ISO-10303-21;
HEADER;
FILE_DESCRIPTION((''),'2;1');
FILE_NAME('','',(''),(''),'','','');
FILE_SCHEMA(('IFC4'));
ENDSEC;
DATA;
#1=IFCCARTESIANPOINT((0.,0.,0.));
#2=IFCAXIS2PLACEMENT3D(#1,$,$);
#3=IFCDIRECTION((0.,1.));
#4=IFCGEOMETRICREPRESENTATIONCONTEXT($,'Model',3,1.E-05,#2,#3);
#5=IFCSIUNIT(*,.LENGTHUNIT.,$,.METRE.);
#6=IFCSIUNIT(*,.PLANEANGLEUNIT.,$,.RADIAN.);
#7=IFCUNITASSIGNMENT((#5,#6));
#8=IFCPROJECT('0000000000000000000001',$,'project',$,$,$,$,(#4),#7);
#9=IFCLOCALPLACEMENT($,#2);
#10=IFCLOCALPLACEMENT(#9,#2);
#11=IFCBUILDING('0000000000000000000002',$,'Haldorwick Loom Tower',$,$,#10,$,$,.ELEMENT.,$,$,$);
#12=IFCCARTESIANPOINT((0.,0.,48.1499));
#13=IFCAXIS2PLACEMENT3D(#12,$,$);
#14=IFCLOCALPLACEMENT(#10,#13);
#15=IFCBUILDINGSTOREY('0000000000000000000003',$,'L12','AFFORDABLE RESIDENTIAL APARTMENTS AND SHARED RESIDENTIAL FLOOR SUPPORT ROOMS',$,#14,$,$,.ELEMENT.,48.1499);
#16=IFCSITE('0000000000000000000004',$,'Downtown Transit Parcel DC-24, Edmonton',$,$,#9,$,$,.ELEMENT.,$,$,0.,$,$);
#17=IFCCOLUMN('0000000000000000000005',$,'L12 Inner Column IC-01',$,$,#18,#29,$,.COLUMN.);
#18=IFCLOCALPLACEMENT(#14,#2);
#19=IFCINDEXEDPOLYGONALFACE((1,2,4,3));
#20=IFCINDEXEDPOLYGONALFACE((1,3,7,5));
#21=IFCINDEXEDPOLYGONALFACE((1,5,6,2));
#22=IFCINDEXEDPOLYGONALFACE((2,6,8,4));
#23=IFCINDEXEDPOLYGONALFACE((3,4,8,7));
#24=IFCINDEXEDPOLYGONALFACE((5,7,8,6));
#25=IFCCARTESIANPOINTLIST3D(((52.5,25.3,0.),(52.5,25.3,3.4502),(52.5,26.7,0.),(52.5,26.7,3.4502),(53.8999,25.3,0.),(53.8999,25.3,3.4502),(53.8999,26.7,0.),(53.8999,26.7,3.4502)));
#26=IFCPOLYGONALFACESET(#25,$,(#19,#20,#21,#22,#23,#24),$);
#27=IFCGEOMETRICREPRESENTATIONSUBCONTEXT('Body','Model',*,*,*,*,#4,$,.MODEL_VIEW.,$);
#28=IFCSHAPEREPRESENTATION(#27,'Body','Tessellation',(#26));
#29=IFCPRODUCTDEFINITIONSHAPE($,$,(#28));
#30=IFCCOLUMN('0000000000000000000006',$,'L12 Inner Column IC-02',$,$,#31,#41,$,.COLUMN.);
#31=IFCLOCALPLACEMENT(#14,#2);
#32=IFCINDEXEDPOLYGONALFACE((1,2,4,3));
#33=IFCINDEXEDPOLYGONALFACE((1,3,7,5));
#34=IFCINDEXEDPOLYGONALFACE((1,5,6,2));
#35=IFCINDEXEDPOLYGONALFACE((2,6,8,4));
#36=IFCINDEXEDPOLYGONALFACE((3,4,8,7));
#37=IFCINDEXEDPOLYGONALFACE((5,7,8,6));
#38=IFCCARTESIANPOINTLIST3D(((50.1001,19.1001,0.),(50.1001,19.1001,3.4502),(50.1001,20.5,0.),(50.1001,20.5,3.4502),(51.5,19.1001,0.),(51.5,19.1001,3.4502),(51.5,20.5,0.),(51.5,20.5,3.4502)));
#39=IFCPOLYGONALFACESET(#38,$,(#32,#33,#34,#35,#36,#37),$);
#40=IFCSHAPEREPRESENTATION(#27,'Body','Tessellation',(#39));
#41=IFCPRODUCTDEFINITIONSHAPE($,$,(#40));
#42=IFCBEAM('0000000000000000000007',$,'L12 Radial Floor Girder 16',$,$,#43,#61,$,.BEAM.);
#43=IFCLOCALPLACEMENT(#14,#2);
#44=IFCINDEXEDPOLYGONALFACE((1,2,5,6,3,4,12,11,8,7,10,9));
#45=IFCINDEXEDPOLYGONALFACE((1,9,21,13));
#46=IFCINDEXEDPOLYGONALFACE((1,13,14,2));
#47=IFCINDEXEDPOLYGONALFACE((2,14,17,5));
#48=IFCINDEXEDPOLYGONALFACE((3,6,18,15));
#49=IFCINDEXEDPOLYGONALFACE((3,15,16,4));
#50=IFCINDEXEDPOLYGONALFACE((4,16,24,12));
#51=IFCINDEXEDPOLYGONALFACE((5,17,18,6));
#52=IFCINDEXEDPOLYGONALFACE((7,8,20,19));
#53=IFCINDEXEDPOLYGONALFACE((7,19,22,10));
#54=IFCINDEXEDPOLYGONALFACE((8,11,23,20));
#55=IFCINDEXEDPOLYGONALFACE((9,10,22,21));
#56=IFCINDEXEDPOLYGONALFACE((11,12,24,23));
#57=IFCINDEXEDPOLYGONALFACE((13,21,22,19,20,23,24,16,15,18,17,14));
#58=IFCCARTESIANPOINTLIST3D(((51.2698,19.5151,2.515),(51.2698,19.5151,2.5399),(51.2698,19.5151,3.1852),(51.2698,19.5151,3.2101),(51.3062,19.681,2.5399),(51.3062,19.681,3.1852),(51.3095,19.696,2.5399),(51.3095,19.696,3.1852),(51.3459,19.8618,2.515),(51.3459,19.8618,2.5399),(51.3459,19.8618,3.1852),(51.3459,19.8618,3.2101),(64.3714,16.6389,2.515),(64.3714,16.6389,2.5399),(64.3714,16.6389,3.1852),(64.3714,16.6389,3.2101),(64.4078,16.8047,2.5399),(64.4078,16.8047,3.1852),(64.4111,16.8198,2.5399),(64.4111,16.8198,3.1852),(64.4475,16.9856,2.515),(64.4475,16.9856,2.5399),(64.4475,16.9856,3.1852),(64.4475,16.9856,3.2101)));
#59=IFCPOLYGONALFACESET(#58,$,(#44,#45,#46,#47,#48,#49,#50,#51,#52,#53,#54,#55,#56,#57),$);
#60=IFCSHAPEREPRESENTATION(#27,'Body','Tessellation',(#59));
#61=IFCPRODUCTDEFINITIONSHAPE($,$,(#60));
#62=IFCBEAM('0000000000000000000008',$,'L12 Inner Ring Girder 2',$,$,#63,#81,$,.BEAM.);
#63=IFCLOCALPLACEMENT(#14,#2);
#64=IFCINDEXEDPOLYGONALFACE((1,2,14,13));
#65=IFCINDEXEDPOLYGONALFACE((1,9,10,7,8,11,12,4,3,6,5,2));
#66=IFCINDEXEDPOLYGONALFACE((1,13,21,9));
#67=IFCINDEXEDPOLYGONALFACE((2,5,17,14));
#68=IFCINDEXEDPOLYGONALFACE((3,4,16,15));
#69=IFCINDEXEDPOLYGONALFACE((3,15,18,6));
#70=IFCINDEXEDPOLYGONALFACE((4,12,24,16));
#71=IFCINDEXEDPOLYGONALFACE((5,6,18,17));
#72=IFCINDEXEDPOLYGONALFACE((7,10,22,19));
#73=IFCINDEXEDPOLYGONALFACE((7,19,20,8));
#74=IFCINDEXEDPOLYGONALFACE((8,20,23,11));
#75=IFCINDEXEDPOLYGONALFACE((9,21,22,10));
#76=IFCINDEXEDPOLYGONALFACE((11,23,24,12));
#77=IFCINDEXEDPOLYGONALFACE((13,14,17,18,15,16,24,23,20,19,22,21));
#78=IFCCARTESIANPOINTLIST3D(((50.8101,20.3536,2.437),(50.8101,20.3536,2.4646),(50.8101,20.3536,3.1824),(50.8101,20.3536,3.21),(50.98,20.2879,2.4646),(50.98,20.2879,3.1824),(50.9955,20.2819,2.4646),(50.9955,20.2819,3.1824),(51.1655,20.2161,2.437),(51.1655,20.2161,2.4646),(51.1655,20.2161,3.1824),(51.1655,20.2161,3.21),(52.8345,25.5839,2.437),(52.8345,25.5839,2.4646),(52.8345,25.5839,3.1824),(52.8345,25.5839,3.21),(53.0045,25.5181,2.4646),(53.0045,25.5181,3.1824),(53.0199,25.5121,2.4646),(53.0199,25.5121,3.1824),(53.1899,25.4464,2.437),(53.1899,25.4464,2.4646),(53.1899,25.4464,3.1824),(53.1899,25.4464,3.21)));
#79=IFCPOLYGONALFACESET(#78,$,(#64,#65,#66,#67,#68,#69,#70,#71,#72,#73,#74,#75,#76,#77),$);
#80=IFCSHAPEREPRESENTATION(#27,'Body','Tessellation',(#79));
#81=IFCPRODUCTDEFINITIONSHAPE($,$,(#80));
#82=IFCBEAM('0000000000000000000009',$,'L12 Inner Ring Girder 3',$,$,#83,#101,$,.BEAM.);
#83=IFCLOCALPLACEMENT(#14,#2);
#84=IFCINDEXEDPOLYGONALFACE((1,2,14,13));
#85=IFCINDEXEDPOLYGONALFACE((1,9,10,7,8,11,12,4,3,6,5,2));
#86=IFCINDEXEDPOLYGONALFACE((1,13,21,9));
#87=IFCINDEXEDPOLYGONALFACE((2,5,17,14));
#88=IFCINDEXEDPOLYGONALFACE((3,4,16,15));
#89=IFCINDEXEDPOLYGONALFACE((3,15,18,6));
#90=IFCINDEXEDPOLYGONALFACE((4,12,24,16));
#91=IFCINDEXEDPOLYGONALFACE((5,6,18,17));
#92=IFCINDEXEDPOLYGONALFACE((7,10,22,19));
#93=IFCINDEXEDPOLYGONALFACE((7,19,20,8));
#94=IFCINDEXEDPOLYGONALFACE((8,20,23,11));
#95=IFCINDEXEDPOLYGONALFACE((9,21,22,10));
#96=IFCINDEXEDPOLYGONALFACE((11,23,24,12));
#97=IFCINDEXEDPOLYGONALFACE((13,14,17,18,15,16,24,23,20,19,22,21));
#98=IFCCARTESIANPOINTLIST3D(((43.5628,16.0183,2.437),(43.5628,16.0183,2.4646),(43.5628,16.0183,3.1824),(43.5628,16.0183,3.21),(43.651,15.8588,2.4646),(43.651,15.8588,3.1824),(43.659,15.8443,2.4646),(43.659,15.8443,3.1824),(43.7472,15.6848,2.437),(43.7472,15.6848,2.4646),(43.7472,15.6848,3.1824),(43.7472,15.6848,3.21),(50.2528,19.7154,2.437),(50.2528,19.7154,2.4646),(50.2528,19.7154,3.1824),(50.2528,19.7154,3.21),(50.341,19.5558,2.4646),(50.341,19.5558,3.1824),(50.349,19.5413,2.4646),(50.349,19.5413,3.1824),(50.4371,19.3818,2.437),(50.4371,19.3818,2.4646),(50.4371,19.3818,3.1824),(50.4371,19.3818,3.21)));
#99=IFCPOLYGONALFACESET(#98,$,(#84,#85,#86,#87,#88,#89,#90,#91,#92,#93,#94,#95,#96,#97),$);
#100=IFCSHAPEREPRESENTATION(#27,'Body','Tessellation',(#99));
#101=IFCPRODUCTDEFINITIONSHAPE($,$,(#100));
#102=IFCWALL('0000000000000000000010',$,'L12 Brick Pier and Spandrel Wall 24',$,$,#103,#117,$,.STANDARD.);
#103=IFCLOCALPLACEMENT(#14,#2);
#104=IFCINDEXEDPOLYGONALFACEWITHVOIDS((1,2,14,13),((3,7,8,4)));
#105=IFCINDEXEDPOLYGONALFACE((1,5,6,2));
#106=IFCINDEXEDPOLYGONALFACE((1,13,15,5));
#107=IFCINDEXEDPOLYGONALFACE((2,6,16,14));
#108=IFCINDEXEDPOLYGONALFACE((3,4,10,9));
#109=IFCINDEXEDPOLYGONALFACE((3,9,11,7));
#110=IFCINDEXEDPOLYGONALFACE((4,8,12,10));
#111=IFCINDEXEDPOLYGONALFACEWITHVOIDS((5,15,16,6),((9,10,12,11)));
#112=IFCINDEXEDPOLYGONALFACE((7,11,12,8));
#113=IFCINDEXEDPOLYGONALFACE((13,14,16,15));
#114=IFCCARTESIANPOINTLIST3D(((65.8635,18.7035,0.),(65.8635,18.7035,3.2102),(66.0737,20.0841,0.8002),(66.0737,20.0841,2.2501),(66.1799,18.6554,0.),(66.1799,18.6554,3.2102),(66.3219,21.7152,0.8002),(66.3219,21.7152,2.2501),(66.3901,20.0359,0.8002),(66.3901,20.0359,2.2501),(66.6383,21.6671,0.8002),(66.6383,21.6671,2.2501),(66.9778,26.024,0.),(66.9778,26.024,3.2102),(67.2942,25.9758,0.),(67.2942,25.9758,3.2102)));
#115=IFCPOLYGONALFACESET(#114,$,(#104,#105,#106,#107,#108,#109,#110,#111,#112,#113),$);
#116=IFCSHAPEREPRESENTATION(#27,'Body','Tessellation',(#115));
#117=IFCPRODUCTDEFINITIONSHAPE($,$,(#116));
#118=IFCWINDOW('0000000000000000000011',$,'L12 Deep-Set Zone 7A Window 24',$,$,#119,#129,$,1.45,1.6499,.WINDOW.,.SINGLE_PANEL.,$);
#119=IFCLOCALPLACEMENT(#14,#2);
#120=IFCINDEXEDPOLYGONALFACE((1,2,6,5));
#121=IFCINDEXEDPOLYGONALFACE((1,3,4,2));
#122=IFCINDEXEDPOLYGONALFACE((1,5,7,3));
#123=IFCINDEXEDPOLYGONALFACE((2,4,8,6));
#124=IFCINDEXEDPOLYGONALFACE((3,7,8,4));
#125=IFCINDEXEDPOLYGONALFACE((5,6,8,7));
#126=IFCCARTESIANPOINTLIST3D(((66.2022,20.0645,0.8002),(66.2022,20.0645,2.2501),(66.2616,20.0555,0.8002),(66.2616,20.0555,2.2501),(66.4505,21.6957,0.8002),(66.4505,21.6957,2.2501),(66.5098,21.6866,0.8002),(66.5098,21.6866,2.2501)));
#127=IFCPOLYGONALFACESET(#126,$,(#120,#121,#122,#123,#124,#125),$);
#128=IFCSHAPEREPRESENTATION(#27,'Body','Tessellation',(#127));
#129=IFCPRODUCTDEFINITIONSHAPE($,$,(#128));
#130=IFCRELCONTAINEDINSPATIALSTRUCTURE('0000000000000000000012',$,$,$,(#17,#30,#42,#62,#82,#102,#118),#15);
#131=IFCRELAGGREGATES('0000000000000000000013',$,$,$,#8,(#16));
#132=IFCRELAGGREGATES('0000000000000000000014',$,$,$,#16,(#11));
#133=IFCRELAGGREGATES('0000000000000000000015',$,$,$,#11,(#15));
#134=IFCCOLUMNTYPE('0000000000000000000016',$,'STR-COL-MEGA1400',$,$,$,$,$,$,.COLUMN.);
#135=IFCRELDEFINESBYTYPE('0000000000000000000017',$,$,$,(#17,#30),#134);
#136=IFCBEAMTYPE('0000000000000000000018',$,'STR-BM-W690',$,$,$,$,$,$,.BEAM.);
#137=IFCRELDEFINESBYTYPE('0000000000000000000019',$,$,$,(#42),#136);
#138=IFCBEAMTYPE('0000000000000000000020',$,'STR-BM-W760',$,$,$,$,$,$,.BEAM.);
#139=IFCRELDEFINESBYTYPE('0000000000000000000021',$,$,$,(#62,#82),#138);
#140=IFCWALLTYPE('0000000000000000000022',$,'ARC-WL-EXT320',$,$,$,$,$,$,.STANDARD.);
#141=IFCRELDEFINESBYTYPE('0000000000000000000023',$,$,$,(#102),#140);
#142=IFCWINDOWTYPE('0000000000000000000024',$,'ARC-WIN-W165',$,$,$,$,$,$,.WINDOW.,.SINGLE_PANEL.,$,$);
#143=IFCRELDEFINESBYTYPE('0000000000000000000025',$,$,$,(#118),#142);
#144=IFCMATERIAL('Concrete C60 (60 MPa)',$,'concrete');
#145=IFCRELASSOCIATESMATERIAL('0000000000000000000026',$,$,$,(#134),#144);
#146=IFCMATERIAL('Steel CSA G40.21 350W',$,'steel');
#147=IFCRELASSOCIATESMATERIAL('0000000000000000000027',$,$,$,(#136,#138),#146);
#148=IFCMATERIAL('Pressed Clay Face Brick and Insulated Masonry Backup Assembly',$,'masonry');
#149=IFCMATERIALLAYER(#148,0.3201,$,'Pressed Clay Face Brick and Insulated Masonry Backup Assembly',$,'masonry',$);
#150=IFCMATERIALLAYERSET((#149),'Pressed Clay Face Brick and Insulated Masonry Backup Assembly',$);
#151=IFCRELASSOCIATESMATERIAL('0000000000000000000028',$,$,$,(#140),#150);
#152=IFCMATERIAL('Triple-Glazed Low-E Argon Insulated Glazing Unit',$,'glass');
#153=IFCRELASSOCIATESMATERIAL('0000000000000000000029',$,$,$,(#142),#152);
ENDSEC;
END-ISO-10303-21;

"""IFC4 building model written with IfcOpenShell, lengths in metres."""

from ifc_helpers import new_model, si_unit, direction, frame, frame_2d, origin, origin_2d, place, context, subcontext, project, spatial, rectangle, i_section, extrude, material, layer, layer_set, material_profile, profile_set, type_object, element, fill, save


model = new_model("IFC4")

# Units and contexts
model_context = context("Model", 3, precision=1e-05, world=origin(), true_north=direction((0.0, 1.0)))
body_context = subcontext(model_context, "Body", "Model", "MODEL_VIEW")
ifc_project = project(units=[si_unit("LENGTHUNIT", "METRE"), si_unit("PLANEANGLEUNIT", "RADIAN")], contexts=[model_context])

# Site, building, storey
site_placement = place(None, origin())
site = spatial("IfcSite", under=ifc_project, at=site_placement, Name="Downtown Transit Parcel DC-24, Edmonton", CompositionType="ELEMENT", RefElevation=0.0)
building_placement = place(site_placement, origin())
building = spatial("IfcBuilding", under=site, at=building_placement, Name="Haldorwick Loom Tower", CompositionType="ELEMENT")
storey_placement = place(building_placement, frame((0.0, 0.0, 48.1499)))
storey = spatial("IfcBuildingStorey", under=building, at=storey_placement, Name="L12", Description="AFFORDABLE RESIDENTIAL APARTMENTS AND SHARED RESIDENTIAL FLOOR SUPPORT ROOMS", CompositionType="ELEMENT", Elevation=48.1499)

# Columns
ifc_material_1 = material(Name="Concrete C60 (60 MPa)", Category="concrete")
ifc_material_profile_1 = material_profile(ifc_material_1, rectangle(XDim=1.3999, YDim=1.3999, at=origin_2d()), Name="RC1400X1400", Category="concrete")
ifc_profile_set_1 = profile_set([ifc_material_profile_1], Name="Concrete C60 (60 MPa)")
column_type = type_object("IfcColumnType", Name="STR-COL-MEGA1400", PredefinedType="COLUMN", material=ifc_profile_set_1)
for number, where, z_axis, x_axis, name in (
    (1, (53.2, 26.0, 0.0), (0.0, 0.0, 1.0), (1.0, 0.0, 0.0), "L12 Inner Column IC-01"),
    (2, (50.8, 19.8, 0.0), (0.0, 0.0, 1.0), (1.0, 0.0, 0.0), "L12 Inner Column IC-02"),
):
    element("IfcColumn", number, at=place(storey_placement, frame(where, z_axis=z_axis, x_axis=x_axis)), inside=storey, type_object=column_type, Name=name, PredefinedType="COLUMN", context=body_context, shape_type="SweptSolid", body=[
        extrude(rectangle(XDim=1.3999, YDim=1.3999, at=origin_2d()), origin(), (0.0, 0.0, 1.0), 3.4502),
    ])

# Beams
ifc_material_2 = material(Name="Steel CSA G40.21 350W", Category="steel")
ifc_material_profile_2 = material_profile(ifc_material_2, i_section(OverallWidth=0.355, OverallDepth=0.6951, WebThickness=0.0154, FlangeThickness=0.0249, at=origin_2d()), Name="W690X217", Category="steel")
ifc_profile_set_2 = profile_set([ifc_material_profile_2], Name="Steel CSA G40.21 350W")
beam_type_1 = type_object("IfcBeamType", Name="STR-BM-W690", PredefinedType="BEAM", material=ifc_profile_set_2)
beam_1_placement = place(storey_placement, frame((51.3079, 19.6885, 2.8625), z_axis=(0.97674, -0.214426, 0.0), x_axis=(0.214426, 0.97674, 0.0)))
element("IfcBeam", 3, at=beam_1_placement, inside=storey, type_object=beam_type_1, Name="L12 Radial Floor Girder 16", PredefinedType="BEAM", context=body_context, shape_type="SweptSolid", body=[
    extrude(i_section(OverallWidth=0.355, OverallDepth=0.6951, WebThickness=0.0154, FlangeThickness=0.0249, at=origin_2d()), origin(), (0.0, 0.0, 1.0), 13.4136),
])
ifc_material_profile_3 = material_profile(ifc_material_2, i_section(OverallWidth=0.3811, OverallDepth=0.7729, WebThickness=0.0166, FlangeThickness=0.0276, at=origin_2d()), Name="W760X257", Category="steel")
ifc_profile_set_3 = profile_set([ifc_material_profile_3], Name="Steel CSA G40.21 350W")
beam_type_2 = type_object("IfcBeamType", Name="STR-BM-W760", PredefinedType="BEAM", material=ifc_profile_set_3)
beam_2_placement = place(storey_placement, frame((53.0122, 25.5151, 2.8235), z_axis=(-0.360965, -0.932579, 0.0), x_axis=(0.932579, -0.360965, 0.0)))
element("IfcBeam", 4, at=beam_2_placement, inside=storey, type_object=beam_type_2, Name="L12 Inner Ring Girder 2", PredefinedType="BEAM", context=body_context, shape_type="SweptSolid", body=[
    extrude(i_section(OverallWidth=0.3811, OverallDepth=0.7729, WebThickness=0.0166, FlangeThickness=0.0276, at=origin_2d()), origin(), (0.0, 0.0, 1.0), 5.6084),
])
beam_3_placement = place(storey_placement, frame((50.345, 19.5486, 2.8235), z_axis=(-0.875244, -0.483681, 0.0), x_axis=(0.483681, -0.875244, 0.0)))
element("IfcBeam", 5, at=beam_3_placement, inside=storey, type_object=beam_type_2, Name="L12 Inner Ring Girder 3", PredefinedType="BEAM", context=body_context, shape_type="SweptSolid", body=[
    extrude(i_section(OverallWidth=0.3811, OverallDepth=0.7729, WebThickness=0.0166, FlangeThickness=0.0276, at=origin_2d()), origin(), (0.0, 0.0, 1.0), 7.6436),
])

# Wall, opening, window
ifc_material_3 = material(Name="Pressed Clay Face Brick and Insulated Masonry Backup Assembly", Category="masonry")
ifc_layer_1 = layer(ifc_material_3, 0.3201, Name="Pressed Clay Face Brick and Insulated Masonry Backup Assembly", Category="masonry")
ifc_layer_set_1 = layer_set([ifc_layer_1], Name="Pressed Clay Face Brick and Insulated Masonry Backup Assembly")
wall_type_1 = type_object("IfcWallType", Name="ARC-WL-EXT320", PredefinedType="STANDARD", material=ifc_layer_set_1)
wall_1_placement = place(storey_placement, frame((66.0217, 18.6794, 0.0), z_axis=(0.0, 0.0, 1.0), x_axis=(0.150476, 0.988614, 0.0)))
wall_1 = element("IfcWall", 6, at=wall_1_placement, inside=storey, type_object=wall_type_1, Name="L12 Brick Pier and Spandrel Wall 24", PredefinedType="STANDARD", context=body_context, shape_type="SweptSolid", body=[
    extrude(rectangle(XDim=7.4048, YDim=0.3201, at=frame_2d((3.7024, 0.0))), origin(), (0.0, 0.0, 1.0), 3.2102),
])
opening_1_placement = place(wall_1_placement, frame((1.3965, 0.0, 0.8)))
opening_1 = element("IfcOpeningElement", 7, at=opening_1_placement, cuts=wall_1, PredefinedType="OPENING", context=body_context, shape_type="SweptSolid", body=[
    extrude(rectangle(XDim=1.6499, YDim=1.45, at=frame_2d((0.825, 0.7251))), frame((0.0, 0.1699, 0.0), z_axis=(0.0, -1.0, 0.0), x_axis=(1.0, 0.0, 0.0)), (0.0, 0.0, 1.0), 0.3401),
])
ifc_material_4 = material(Name="Triple-Glazed Low-E Argon Insulated Glazing Unit", Category="glass")
window_type = type_object("IfcWindowType", Name="ARC-WIN-W165", PartitioningType="SINGLE_PANEL", PredefinedType="WINDOW", material=ifc_material_4)
window_placement = place(opening_1_placement, origin())
window = element("IfcWindow", 8, at=window_placement, inside=storey, type_object=window_type, Name="L12 Deep-Set Zone 7A Window 24", OverallHeight=1.45, OverallWidth=1.6499, PartitioningType="SINGLE_PANEL", PredefinedType="WINDOW", context=body_context, shape_type="SweptSolid", body=[
    extrude(rectangle(XDim=1.6499, YDim=1.45, at=frame_2d((0.825, 0.7251))), frame((0.0, 0.03, 0.0), z_axis=(0.0, -1.0, 0.0), x_axis=(1.0, 0.0, 0.0)), (0.0, 0.0, 1.0), 0.0601),
])
fill(opening_1, window)

save(model, "model.ifc")
